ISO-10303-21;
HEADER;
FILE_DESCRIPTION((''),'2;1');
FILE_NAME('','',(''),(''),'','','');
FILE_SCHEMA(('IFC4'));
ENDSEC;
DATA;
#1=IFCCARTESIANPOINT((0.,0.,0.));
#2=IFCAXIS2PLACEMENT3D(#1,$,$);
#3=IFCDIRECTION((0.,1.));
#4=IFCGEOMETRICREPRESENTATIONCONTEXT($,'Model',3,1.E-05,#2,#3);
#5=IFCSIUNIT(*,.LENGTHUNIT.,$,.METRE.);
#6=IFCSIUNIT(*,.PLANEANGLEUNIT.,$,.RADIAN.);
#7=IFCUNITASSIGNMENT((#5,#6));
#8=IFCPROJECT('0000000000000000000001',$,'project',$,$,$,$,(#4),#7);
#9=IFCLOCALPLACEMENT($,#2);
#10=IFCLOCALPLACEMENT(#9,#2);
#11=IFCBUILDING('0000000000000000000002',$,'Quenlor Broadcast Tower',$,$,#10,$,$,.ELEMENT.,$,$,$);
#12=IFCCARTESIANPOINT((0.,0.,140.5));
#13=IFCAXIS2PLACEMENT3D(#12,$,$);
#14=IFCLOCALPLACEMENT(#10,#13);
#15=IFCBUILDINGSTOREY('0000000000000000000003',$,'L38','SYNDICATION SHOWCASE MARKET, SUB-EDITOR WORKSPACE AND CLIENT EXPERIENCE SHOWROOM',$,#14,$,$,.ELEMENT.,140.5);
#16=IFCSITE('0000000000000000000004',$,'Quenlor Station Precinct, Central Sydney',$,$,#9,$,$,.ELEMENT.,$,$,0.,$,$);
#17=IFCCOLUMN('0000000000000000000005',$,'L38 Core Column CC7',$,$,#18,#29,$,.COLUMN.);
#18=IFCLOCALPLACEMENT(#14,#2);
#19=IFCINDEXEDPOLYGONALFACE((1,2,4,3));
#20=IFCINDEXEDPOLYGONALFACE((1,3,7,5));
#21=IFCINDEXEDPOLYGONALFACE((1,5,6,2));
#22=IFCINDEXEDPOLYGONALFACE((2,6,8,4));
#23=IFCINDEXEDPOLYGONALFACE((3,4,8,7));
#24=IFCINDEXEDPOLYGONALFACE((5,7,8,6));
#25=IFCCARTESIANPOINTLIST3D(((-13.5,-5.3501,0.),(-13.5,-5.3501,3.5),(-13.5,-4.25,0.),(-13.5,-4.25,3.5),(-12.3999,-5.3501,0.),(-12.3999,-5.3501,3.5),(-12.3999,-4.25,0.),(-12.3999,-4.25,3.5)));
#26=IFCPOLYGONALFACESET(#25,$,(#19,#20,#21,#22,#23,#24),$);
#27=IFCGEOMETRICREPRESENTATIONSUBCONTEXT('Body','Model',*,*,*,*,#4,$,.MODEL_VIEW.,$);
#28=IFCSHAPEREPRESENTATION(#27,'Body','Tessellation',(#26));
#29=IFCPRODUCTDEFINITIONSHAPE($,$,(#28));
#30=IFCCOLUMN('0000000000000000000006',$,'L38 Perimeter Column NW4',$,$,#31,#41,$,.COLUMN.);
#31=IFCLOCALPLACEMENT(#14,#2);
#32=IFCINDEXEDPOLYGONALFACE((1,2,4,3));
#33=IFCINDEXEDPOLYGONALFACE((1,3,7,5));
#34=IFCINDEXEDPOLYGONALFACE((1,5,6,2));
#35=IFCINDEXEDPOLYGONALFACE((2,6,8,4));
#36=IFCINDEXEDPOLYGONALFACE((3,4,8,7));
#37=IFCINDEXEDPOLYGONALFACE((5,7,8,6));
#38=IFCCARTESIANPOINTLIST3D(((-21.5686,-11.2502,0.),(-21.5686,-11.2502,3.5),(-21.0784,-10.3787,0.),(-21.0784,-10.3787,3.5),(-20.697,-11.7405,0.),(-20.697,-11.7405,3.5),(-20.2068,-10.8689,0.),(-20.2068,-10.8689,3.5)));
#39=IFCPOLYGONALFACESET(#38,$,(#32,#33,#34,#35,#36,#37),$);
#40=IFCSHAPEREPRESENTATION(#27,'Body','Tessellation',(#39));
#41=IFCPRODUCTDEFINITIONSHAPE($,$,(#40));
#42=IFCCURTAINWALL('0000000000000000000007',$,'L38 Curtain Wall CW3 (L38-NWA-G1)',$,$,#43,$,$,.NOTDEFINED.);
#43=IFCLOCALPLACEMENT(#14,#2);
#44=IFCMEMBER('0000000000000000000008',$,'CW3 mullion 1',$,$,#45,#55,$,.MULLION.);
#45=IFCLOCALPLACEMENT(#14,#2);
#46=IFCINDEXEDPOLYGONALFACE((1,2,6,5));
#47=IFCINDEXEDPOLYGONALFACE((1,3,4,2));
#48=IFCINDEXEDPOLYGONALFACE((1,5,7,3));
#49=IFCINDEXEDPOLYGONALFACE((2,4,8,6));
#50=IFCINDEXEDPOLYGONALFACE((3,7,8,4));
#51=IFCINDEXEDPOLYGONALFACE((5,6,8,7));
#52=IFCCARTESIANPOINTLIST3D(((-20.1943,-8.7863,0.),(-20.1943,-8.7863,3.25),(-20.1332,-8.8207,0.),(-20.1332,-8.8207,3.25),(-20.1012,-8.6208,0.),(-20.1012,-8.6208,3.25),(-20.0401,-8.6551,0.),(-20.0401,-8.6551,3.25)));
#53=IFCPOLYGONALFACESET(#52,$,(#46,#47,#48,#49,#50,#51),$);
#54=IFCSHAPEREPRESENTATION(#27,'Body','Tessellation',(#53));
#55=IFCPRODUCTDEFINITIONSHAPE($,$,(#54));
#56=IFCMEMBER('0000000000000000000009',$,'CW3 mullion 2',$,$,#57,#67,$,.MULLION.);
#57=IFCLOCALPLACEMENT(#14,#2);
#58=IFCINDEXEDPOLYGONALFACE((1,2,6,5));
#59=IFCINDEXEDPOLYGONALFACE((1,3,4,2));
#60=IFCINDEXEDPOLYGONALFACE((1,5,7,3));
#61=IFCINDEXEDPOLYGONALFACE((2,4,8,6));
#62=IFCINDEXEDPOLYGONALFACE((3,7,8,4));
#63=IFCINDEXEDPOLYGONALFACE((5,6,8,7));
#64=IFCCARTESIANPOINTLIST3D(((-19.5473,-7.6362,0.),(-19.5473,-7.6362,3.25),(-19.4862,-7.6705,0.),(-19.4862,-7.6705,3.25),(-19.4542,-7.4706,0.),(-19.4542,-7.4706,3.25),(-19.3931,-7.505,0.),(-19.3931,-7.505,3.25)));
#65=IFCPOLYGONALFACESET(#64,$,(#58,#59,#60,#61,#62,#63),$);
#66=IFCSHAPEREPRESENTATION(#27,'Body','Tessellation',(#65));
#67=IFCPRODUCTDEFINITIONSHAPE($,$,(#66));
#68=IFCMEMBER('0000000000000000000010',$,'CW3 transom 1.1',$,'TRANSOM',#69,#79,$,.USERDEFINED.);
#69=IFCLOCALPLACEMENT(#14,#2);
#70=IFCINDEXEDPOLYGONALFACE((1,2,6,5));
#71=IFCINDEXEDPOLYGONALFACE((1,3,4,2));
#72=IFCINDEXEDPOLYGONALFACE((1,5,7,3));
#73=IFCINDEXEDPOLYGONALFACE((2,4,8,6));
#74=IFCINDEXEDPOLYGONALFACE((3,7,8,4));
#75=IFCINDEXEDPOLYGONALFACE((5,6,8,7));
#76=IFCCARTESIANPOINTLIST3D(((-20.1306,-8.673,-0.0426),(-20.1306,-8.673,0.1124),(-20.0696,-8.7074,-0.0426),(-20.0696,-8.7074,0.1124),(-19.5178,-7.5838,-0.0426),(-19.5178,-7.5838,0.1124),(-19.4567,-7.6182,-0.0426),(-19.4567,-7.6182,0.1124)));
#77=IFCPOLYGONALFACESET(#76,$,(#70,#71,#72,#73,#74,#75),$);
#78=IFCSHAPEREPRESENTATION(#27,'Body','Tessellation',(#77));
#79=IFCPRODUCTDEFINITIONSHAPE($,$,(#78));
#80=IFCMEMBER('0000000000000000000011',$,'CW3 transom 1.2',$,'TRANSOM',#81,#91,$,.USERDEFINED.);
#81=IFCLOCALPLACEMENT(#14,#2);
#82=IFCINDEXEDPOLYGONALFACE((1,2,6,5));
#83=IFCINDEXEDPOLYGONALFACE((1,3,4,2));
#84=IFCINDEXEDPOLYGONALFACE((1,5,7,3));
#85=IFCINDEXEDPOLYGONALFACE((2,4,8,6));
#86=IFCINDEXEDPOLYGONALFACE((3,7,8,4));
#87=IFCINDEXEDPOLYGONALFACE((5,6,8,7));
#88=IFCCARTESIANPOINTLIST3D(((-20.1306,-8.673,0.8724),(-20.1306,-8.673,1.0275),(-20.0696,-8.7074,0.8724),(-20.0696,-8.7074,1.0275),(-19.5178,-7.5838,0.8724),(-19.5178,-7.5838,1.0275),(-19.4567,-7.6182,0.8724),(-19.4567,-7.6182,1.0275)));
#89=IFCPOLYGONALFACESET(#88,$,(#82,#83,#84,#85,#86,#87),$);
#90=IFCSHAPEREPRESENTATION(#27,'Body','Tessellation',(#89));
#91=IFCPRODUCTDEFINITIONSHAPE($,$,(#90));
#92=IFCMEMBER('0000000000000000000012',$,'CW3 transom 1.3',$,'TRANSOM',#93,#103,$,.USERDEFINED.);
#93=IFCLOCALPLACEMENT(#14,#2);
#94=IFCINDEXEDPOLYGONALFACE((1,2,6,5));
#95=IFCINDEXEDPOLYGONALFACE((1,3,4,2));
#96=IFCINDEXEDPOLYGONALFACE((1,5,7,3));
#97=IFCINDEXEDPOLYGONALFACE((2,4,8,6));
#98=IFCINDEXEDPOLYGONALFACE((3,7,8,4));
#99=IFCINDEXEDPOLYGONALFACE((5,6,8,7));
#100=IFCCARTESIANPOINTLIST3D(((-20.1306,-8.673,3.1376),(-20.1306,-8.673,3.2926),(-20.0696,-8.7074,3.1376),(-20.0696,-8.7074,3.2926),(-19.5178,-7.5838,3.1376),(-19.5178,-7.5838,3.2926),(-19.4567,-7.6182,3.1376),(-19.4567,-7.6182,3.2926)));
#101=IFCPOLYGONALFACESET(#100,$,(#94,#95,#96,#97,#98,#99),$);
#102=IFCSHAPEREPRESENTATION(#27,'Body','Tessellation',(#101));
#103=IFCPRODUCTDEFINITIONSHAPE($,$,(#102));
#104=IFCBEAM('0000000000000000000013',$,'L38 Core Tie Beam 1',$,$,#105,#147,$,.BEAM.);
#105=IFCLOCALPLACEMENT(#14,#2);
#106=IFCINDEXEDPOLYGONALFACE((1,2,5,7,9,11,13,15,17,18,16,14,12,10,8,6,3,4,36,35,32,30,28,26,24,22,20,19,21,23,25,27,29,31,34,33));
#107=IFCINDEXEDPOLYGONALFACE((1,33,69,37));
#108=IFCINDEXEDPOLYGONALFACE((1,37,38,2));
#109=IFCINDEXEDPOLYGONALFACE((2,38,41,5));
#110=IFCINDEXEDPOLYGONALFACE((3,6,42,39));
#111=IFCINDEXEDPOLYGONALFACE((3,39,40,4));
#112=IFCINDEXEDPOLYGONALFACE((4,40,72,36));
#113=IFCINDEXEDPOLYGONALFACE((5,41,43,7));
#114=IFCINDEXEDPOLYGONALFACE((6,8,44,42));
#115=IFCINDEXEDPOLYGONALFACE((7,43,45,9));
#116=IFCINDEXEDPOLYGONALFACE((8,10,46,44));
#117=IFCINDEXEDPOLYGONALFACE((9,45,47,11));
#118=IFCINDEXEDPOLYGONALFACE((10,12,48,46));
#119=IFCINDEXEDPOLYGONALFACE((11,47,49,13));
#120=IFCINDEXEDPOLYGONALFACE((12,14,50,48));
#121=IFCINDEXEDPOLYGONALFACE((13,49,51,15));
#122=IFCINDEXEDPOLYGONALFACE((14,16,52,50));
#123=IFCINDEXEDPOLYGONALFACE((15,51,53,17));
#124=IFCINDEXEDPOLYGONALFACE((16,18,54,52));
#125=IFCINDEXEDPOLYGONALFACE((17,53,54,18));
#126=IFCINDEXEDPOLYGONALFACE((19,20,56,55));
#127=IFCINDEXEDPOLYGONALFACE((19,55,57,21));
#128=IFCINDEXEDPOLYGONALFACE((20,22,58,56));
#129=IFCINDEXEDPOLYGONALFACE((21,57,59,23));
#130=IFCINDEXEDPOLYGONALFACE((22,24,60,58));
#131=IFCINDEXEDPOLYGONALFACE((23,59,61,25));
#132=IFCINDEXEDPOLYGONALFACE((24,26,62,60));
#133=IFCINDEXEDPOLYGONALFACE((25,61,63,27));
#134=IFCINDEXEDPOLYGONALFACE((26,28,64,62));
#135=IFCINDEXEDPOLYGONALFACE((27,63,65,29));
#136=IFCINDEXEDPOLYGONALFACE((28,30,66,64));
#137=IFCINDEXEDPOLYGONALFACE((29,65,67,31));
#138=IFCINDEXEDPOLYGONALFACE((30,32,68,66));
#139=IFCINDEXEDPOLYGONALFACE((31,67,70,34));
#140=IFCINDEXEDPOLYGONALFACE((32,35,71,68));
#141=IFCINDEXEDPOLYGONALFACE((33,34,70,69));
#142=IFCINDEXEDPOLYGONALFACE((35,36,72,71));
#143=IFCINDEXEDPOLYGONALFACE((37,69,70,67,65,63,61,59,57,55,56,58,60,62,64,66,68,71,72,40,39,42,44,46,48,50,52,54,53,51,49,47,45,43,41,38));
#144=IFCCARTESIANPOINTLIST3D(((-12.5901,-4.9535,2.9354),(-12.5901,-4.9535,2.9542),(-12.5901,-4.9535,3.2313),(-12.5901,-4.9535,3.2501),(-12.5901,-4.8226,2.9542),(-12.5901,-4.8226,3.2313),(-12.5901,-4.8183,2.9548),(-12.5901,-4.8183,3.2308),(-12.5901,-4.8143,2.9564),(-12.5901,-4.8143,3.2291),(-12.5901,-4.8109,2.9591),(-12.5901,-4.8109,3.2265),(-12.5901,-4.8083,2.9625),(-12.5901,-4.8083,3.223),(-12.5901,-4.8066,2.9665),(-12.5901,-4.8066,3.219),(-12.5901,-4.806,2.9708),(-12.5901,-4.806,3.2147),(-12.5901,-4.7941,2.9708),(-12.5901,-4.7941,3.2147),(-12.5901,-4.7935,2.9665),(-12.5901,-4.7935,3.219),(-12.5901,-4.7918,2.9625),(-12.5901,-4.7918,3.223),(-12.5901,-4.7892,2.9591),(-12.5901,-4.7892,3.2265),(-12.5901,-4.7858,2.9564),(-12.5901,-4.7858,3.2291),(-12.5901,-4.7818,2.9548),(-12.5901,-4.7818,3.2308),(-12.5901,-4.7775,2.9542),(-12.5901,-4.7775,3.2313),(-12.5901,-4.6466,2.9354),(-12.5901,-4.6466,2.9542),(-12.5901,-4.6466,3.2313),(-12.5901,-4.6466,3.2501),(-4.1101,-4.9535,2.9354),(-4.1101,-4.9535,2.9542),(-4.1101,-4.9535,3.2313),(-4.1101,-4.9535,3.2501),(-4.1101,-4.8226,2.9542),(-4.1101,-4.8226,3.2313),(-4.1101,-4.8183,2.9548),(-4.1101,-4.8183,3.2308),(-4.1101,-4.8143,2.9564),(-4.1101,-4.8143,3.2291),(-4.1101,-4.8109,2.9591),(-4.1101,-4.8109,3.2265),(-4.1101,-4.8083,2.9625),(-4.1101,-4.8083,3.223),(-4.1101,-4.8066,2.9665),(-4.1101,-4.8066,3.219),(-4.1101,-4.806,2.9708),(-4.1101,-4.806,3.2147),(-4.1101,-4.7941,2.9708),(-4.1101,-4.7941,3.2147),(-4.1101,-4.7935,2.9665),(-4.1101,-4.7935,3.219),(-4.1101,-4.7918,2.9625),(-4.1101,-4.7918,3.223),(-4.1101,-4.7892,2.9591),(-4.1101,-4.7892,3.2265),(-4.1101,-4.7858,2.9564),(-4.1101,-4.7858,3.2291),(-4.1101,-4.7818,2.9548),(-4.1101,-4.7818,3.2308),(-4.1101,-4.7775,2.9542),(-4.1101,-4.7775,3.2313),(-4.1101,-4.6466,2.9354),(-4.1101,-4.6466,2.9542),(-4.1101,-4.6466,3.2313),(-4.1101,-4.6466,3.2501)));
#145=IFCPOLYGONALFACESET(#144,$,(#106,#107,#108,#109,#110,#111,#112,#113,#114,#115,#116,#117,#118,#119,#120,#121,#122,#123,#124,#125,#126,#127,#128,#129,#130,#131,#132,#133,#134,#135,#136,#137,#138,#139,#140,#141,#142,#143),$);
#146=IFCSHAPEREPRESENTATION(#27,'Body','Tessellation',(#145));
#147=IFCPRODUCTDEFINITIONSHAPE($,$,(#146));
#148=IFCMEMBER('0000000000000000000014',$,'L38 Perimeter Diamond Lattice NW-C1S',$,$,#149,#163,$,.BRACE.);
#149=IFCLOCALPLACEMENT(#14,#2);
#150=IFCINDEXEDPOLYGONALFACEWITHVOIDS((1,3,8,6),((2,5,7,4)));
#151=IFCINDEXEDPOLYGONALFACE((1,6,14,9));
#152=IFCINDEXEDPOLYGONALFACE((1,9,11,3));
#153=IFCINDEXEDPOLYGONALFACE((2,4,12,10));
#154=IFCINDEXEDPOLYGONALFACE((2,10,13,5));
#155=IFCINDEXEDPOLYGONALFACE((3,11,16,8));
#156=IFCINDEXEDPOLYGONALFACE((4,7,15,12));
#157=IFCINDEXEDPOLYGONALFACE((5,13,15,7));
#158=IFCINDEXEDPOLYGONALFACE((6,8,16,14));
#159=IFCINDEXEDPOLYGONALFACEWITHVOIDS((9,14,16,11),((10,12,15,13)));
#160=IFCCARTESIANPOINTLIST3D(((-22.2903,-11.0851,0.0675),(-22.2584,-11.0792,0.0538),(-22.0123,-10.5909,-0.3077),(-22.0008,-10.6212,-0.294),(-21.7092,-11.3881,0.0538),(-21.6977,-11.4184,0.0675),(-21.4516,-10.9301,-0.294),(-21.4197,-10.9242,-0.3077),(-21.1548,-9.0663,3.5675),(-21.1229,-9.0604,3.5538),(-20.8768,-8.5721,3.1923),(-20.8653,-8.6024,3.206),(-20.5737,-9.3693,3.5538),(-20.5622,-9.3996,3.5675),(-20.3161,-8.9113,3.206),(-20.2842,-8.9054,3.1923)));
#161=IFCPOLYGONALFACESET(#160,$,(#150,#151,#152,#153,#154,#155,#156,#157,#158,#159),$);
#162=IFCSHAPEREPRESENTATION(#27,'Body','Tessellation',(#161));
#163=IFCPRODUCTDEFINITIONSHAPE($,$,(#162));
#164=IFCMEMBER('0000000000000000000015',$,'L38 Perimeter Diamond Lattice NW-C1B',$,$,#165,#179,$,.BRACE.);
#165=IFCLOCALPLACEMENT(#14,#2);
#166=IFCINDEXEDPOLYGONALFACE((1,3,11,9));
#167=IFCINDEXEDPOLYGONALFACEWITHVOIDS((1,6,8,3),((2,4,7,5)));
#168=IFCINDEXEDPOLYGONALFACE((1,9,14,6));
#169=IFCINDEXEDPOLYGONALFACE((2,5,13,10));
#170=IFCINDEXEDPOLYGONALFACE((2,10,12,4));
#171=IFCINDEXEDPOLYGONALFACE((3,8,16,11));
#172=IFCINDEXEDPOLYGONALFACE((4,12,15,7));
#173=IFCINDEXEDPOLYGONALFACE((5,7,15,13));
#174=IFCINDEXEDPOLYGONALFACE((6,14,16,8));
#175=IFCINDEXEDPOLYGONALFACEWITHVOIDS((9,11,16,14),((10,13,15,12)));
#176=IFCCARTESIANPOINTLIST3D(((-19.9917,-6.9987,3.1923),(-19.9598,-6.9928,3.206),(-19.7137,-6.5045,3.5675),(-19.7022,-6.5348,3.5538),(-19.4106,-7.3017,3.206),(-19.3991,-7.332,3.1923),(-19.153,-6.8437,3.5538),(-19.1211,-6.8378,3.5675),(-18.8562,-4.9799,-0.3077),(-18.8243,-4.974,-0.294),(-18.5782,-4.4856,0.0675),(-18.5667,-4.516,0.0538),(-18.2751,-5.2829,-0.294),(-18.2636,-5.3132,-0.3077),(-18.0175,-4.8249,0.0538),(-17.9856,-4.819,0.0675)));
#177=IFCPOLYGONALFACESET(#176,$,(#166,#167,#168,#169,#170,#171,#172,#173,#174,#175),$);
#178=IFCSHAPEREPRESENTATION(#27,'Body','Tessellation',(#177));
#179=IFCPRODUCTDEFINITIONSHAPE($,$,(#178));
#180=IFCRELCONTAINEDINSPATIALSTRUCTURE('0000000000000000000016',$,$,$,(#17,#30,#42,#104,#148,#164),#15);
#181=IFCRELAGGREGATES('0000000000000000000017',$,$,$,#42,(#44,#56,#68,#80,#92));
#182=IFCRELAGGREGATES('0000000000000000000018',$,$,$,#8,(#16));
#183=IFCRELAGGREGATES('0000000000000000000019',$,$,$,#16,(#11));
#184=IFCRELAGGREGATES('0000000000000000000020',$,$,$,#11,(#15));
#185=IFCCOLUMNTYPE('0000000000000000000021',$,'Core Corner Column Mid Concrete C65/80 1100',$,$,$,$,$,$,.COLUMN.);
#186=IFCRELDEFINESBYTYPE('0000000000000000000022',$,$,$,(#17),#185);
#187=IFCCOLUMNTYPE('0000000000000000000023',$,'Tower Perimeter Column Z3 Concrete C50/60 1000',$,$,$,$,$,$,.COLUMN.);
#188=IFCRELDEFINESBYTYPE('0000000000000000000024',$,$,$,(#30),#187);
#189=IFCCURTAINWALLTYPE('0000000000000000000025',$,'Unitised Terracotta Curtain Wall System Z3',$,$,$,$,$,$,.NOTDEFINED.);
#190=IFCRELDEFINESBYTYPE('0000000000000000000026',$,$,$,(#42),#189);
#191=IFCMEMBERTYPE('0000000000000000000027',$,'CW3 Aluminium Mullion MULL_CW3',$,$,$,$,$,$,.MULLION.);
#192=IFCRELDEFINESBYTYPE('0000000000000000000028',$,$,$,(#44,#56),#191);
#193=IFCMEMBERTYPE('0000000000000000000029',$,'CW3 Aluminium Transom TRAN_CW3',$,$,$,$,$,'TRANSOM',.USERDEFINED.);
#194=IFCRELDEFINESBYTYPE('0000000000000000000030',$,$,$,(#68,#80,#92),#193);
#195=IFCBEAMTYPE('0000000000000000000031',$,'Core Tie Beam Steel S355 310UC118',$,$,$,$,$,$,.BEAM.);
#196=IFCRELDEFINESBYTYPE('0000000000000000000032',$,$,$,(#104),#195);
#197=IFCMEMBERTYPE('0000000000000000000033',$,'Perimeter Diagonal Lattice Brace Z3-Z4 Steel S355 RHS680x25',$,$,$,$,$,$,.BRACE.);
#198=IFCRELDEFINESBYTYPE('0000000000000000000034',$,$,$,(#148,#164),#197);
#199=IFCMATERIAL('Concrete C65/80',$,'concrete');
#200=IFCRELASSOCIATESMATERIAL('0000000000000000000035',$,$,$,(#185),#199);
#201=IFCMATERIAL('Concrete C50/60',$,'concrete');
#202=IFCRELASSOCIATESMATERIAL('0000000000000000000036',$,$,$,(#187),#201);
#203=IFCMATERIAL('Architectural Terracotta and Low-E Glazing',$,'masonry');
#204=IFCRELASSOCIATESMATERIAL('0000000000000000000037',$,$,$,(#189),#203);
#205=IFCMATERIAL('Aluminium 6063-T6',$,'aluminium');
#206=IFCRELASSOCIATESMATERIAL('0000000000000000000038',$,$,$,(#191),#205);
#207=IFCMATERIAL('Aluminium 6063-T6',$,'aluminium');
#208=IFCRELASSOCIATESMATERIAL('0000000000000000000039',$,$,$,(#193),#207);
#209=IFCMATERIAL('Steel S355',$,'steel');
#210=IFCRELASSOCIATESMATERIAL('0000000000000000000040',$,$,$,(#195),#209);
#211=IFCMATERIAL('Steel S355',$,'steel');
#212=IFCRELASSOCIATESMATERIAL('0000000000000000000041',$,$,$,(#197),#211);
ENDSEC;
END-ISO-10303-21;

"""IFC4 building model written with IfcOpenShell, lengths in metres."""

from ifc_helpers import new_model, si_unit, direction, frame, origin, origin_2d, place, context, subcontext, project, spatial, rectangle, hollow_rectangle, i_section, extrude, material, material_profile, profile_set, type_object, element, aggregate, save


model = new_model("IFC4")

# Units and contexts
model_context = context("Model", 3, precision=1e-05, world=origin(), true_north=direction((0.0, 1.0)))
body_context = subcontext(model_context, "Body", "Model", "MODEL_VIEW")
ifc_project = project(units=[si_unit("LENGTHUNIT", "METRE"), si_unit("PLANEANGLEUNIT", "RADIAN")], contexts=[model_context])

# Site, building, storey
site_placement = place(None, origin())
site = spatial("IfcSite", under=ifc_project, at=site_placement, Name="Quenlor Station Precinct, Central Sydney", CompositionType="ELEMENT", RefElevation=0.0)
building_placement = place(site_placement, origin())
building = spatial("IfcBuilding", under=site, at=building_placement, Name="Quenlor Broadcast Tower", CompositionType="ELEMENT")
storey_placement = place(building_placement, frame((0.0, 0.0, 140.5)))
storey = spatial("IfcBuildingStorey", under=building, at=storey_placement, Name="L38", Description="SYNDICATION SHOWCASE MARKET, SUB-EDITOR WORKSPACE AND CLIENT EXPERIENCE SHOWROOM", CompositionType="ELEMENT", Elevation=140.5)

# Columns
ifc_material_1 = material(Name="Concrete C65/80", Category="concrete")
ifc_material_profile_1 = material_profile(ifc_material_1, rectangle(XDim=1.1001, YDim=1.1001, at=origin_2d()))
ifc_profile_set_1 = profile_set([ifc_material_profile_1], Name="Concrete C65/80 RC1100x1100")
column_type_1 = type_object("IfcColumnType", Name="Core Corner Column Mid Concrete C65/80 1100", PredefinedType="COLUMN", material=ifc_profile_set_1)
column_1_placement = place(storey_placement, frame((-12.95, -4.8, 0.0), z_axis=(0.0, 0.0, 1.0), x_axis=(1.0, 0.0, 0.0)))
element("IfcColumn", 1, at=column_1_placement, inside=storey, type_object=column_type_1, Name="L38 Core Column CC7", PredefinedType="COLUMN", context=body_context, shape_type="SweptSolid", body=[
    extrude(rectangle(XDim=1.1001, YDim=1.1001, at=origin_2d()), origin(), (0.0, 0.0, 1.0), 3.5),
])
ifc_material_2 = material(Name="Concrete C50/60", Category="concrete")
ifc_material_profile_2 = material_profile(ifc_material_2, rectangle(XDim=1.0, YDim=1.0, at=origin_2d()))
ifc_profile_set_2 = profile_set([ifc_material_profile_2], Name="Concrete C50/60 RC1000x1000")
column_type_2 = type_object("IfcColumnType", Name="Tower Perimeter Column Z3 Concrete C50/60 1000", PredefinedType="COLUMN", material=ifc_profile_set_2)
column_2_placement = place(storey_placement, frame((-20.8877, -11.0596, 0.0), z_axis=(0.0, 0.0, 1.0), x_axis=(-0.871575, 0.490262, 0.0)))
element("IfcColumn", 2, at=column_2_placement, inside=storey, type_object=column_type_2, Name="L38 Perimeter Column NW4", PredefinedType="COLUMN", context=body_context, shape_type="SweptSolid", body=[
    extrude(rectangle(XDim=1.0, YDim=1.0, at=origin_2d()), origin(), (0.0, 0.0, 1.0), 3.5),
])

# Curtain wall, members
ifc_material_3 = material(Name="Architectural Terracotta and Low-E Glazing", Category="masonry")
curtain_wall_type = type_object("IfcCurtainWallType", Name="Unitised Terracotta Curtain Wall System Z3", PredefinedType="NOTDEFINED", material=ifc_material_3)
curtain_wall_placement = place(storey_placement, origin())
curtain_wall = element("IfcCurtainWall", 3, at=curtain_wall_placement, inside=storey, type_object=curtain_wall_type, Name="L38 Curtain Wall CW3 (L38-NWA-G1)", PredefinedType="NOTDEFINED")
ifc_material_4 = material(Name="Aluminium 6063-T6", Category="aluminium")
ifc_material_profile_3 = material_profile(ifc_material_4, rectangle(XDim=0.0701, YDim=0.1899, at=origin_2d()))
ifc_profile_set_3 = profile_set([ifc_material_profile_3], Name="Aluminium 6063-T6 MULL70x190")
member_type_1 = type_object("IfcMemberType", Name="CW3 Aluminium Mullion MULL_CW3", PredefinedType="MULLION", material=ifc_profile_set_3)
member_1_placement = place(storey_placement, frame((-20.1172, -8.7207, 0.0), z_axis=(0.0, 0.0, 1.0), x_axis=(-0.871576, 0.490261, 0.0)))
member_1 = element("IfcMember", 4, at=member_1_placement, type_object=member_type_1, Name="CW3 mullion 1", PredefinedType="MULLION", context=body_context, shape_type="SweptSolid", body=[
    extrude(rectangle(XDim=0.0701, YDim=0.1899, at=origin_2d()), origin(), (0.0, 0.0, 1.0), 3.25),
])
member_2_placement = place(storey_placement, frame((-19.4702, -7.5706, 0.0), z_axis=(0.0, 0.0, 1.0), x_axis=(-0.871576, 0.490261, 0.0)))
member_2 = element("IfcMember", 5, at=member_2_placement, type_object=member_type_1, Name="CW3 mullion 2", PredefinedType="MULLION", context=body_context, shape_type="SweptSolid", body=[
    extrude(rectangle(XDim=0.0701, YDim=0.1899, at=origin_2d()), origin(), (0.0, 0.0, 1.0), 3.25),
])
ifc_material_5 = material(Name="Aluminium 6063-T6", Category="aluminium")
ifc_material_profile_4 = material_profile(ifc_material_5, rectangle(XDim=0.0701, YDim=0.155, at=origin_2d()))
ifc_profile_set_4 = profile_set([ifc_material_profile_4], Name="Aluminium 6063-T6 TRAN70x155")
member_type_2 = type_object("IfcMemberType", Name="CW3 Aluminium Transom TRAN_CW3", ElementType="TRANSOM", PredefinedType="USERDEFINED", material=ifc_profile_set_4)
member_3_placement = place(storey_placement, frame((-20.1001, -8.6902, 0.0349), z_axis=(0.490363, 0.871518, 0.0), x_axis=(-0.871518, 0.490363, 0.0)))
member_3 = element("IfcMember", 6, at=member_3_placement, type_object=member_type_2, Name="CW3 transom 1.1", ObjectType="TRANSOM", PredefinedType="USERDEFINED", context=body_context, shape_type="SweptSolid", body=[
    extrude(rectangle(XDim=0.0701, YDim=0.155, at=origin_2d()), origin(), (0.0, 0.0, 1.0), 1.2498),
])
member_4_placement = place(storey_placement, frame((-20.1001, -8.6902, 0.95), z_axis=(0.490363, 0.871518, 0.0), x_axis=(-0.871518, 0.490363, 0.0)))
member_4 = element("IfcMember", 7, at=member_4_placement, type_object=member_type_2, Name="CW3 transom 1.2", ObjectType="TRANSOM", PredefinedType="USERDEFINED", context=body_context, shape_type="SweptSolid", body=[
    extrude(rectangle(XDim=0.0701, YDim=0.155, at=origin_2d()), origin(), (0.0, 0.0, 1.0), 1.2498),
])
member_5_placement = place(storey_placement, frame((-20.1001, -8.6902, 3.2151), z_axis=(0.490363, 0.871518, 0.0), x_axis=(-0.871518, 0.490363, 0.0)))
member_5 = element("IfcMember", 8, at=member_5_placement, type_object=member_type_2, Name="CW3 transom 1.3", ObjectType="TRANSOM", PredefinedType="USERDEFINED", context=body_context, shape_type="SweptSolid", body=[
    extrude(rectangle(XDim=0.0701, YDim=0.155, at=origin_2d()), origin(), (0.0, 0.0, 1.0), 1.2498),
])

# Beam
ifc_material_6 = material(Name="Steel S355", Category="steel")
ifc_material_profile_5 = material_profile(ifc_material_6, i_section(OverallWidth=0.3069, OverallDepth=0.3147, WebThickness=0.012, FlangeThickness=0.0188, FilletRadius=0.0166, at=origin_2d()))
ifc_profile_set_5 = profile_set([ifc_material_profile_5], Name="Steel S355 310UC118")
beam_type_1 = type_object("IfcBeamType", Name="Core Tie Beam Steel S355 310UC118", PredefinedType="BEAM", material=ifc_profile_set_5)
beam_1_placement = place(storey_placement, frame((-12.5901, -4.8, 3.0928), z_axis=(1.0, 0.0, 0.0), x_axis=(0.0, 1.0, 0.0)))
element("IfcBeam", 9, at=beam_1_placement, inside=storey, type_object=beam_type_1, Name="L38 Core Tie Beam 1", PredefinedType="BEAM", context=body_context, shape_type="SweptSolid", body=[
    extrude(i_section(OverallWidth=0.3069, OverallDepth=0.3147, WebThickness=0.012, FlangeThickness=0.0188, FilletRadius=0.0166, at=origin_2d()), origin(), (0.0, 0.0, 1.0), 8.48),
])

# Members
ifc_material_7 = material(Name="Steel S355", Category="steel")
ifc_material_profile_6 = material_profile(ifc_material_7, hollow_rectangle(XDim=0.6799, YDim=0.6799, WallThickness=0.0249, at=origin_2d()))
ifc_profile_set_6 = profile_set([ifc_material_profile_6], Name="Steel S355 RHS680x680x25")
member_type_3 = type_object("IfcMemberType", Name="Perimeter Diagonal Lattice Brace Z3-Z4 Steel S355 RHS680x25", PredefinedType="BRACE", material=ifc_profile_set_6)
for number, where, z_axis, x_axis, name in (
    (10, (-21.855, -11.0046, -0.1201), (0.270549, 0.481009, 0.833927), (-0.87159, 0.490236, 0.0), "L38 Perimeter Diamond Lattice NW-C1S"),
    (11, (-18.4209, -4.8994, -0.1201), (-0.270549, -0.481009, 0.833927), (0.87159, -0.490236, 0.0), "L38 Perimeter Diamond Lattice NW-C1B"),
):
    element("IfcMember", number, at=place(storey_placement, frame(where, z_axis=z_axis, x_axis=x_axis)), inside=storey, type_object=member_type_3, Name=name, PredefinedType="BRACE", context=body_context, shape_type="SweptSolid", body=[
        extrude(hollow_rectangle(XDim=0.6799, YDim=0.6799, WallThickness=0.0249, at=origin_2d()), origin(), (0.0, 0.0, 1.0), 4.197),
    ])

aggregate(curtain_wall, [member_1, member_2, member_3, member_4, member_5])

save(model, "model.ifc")
